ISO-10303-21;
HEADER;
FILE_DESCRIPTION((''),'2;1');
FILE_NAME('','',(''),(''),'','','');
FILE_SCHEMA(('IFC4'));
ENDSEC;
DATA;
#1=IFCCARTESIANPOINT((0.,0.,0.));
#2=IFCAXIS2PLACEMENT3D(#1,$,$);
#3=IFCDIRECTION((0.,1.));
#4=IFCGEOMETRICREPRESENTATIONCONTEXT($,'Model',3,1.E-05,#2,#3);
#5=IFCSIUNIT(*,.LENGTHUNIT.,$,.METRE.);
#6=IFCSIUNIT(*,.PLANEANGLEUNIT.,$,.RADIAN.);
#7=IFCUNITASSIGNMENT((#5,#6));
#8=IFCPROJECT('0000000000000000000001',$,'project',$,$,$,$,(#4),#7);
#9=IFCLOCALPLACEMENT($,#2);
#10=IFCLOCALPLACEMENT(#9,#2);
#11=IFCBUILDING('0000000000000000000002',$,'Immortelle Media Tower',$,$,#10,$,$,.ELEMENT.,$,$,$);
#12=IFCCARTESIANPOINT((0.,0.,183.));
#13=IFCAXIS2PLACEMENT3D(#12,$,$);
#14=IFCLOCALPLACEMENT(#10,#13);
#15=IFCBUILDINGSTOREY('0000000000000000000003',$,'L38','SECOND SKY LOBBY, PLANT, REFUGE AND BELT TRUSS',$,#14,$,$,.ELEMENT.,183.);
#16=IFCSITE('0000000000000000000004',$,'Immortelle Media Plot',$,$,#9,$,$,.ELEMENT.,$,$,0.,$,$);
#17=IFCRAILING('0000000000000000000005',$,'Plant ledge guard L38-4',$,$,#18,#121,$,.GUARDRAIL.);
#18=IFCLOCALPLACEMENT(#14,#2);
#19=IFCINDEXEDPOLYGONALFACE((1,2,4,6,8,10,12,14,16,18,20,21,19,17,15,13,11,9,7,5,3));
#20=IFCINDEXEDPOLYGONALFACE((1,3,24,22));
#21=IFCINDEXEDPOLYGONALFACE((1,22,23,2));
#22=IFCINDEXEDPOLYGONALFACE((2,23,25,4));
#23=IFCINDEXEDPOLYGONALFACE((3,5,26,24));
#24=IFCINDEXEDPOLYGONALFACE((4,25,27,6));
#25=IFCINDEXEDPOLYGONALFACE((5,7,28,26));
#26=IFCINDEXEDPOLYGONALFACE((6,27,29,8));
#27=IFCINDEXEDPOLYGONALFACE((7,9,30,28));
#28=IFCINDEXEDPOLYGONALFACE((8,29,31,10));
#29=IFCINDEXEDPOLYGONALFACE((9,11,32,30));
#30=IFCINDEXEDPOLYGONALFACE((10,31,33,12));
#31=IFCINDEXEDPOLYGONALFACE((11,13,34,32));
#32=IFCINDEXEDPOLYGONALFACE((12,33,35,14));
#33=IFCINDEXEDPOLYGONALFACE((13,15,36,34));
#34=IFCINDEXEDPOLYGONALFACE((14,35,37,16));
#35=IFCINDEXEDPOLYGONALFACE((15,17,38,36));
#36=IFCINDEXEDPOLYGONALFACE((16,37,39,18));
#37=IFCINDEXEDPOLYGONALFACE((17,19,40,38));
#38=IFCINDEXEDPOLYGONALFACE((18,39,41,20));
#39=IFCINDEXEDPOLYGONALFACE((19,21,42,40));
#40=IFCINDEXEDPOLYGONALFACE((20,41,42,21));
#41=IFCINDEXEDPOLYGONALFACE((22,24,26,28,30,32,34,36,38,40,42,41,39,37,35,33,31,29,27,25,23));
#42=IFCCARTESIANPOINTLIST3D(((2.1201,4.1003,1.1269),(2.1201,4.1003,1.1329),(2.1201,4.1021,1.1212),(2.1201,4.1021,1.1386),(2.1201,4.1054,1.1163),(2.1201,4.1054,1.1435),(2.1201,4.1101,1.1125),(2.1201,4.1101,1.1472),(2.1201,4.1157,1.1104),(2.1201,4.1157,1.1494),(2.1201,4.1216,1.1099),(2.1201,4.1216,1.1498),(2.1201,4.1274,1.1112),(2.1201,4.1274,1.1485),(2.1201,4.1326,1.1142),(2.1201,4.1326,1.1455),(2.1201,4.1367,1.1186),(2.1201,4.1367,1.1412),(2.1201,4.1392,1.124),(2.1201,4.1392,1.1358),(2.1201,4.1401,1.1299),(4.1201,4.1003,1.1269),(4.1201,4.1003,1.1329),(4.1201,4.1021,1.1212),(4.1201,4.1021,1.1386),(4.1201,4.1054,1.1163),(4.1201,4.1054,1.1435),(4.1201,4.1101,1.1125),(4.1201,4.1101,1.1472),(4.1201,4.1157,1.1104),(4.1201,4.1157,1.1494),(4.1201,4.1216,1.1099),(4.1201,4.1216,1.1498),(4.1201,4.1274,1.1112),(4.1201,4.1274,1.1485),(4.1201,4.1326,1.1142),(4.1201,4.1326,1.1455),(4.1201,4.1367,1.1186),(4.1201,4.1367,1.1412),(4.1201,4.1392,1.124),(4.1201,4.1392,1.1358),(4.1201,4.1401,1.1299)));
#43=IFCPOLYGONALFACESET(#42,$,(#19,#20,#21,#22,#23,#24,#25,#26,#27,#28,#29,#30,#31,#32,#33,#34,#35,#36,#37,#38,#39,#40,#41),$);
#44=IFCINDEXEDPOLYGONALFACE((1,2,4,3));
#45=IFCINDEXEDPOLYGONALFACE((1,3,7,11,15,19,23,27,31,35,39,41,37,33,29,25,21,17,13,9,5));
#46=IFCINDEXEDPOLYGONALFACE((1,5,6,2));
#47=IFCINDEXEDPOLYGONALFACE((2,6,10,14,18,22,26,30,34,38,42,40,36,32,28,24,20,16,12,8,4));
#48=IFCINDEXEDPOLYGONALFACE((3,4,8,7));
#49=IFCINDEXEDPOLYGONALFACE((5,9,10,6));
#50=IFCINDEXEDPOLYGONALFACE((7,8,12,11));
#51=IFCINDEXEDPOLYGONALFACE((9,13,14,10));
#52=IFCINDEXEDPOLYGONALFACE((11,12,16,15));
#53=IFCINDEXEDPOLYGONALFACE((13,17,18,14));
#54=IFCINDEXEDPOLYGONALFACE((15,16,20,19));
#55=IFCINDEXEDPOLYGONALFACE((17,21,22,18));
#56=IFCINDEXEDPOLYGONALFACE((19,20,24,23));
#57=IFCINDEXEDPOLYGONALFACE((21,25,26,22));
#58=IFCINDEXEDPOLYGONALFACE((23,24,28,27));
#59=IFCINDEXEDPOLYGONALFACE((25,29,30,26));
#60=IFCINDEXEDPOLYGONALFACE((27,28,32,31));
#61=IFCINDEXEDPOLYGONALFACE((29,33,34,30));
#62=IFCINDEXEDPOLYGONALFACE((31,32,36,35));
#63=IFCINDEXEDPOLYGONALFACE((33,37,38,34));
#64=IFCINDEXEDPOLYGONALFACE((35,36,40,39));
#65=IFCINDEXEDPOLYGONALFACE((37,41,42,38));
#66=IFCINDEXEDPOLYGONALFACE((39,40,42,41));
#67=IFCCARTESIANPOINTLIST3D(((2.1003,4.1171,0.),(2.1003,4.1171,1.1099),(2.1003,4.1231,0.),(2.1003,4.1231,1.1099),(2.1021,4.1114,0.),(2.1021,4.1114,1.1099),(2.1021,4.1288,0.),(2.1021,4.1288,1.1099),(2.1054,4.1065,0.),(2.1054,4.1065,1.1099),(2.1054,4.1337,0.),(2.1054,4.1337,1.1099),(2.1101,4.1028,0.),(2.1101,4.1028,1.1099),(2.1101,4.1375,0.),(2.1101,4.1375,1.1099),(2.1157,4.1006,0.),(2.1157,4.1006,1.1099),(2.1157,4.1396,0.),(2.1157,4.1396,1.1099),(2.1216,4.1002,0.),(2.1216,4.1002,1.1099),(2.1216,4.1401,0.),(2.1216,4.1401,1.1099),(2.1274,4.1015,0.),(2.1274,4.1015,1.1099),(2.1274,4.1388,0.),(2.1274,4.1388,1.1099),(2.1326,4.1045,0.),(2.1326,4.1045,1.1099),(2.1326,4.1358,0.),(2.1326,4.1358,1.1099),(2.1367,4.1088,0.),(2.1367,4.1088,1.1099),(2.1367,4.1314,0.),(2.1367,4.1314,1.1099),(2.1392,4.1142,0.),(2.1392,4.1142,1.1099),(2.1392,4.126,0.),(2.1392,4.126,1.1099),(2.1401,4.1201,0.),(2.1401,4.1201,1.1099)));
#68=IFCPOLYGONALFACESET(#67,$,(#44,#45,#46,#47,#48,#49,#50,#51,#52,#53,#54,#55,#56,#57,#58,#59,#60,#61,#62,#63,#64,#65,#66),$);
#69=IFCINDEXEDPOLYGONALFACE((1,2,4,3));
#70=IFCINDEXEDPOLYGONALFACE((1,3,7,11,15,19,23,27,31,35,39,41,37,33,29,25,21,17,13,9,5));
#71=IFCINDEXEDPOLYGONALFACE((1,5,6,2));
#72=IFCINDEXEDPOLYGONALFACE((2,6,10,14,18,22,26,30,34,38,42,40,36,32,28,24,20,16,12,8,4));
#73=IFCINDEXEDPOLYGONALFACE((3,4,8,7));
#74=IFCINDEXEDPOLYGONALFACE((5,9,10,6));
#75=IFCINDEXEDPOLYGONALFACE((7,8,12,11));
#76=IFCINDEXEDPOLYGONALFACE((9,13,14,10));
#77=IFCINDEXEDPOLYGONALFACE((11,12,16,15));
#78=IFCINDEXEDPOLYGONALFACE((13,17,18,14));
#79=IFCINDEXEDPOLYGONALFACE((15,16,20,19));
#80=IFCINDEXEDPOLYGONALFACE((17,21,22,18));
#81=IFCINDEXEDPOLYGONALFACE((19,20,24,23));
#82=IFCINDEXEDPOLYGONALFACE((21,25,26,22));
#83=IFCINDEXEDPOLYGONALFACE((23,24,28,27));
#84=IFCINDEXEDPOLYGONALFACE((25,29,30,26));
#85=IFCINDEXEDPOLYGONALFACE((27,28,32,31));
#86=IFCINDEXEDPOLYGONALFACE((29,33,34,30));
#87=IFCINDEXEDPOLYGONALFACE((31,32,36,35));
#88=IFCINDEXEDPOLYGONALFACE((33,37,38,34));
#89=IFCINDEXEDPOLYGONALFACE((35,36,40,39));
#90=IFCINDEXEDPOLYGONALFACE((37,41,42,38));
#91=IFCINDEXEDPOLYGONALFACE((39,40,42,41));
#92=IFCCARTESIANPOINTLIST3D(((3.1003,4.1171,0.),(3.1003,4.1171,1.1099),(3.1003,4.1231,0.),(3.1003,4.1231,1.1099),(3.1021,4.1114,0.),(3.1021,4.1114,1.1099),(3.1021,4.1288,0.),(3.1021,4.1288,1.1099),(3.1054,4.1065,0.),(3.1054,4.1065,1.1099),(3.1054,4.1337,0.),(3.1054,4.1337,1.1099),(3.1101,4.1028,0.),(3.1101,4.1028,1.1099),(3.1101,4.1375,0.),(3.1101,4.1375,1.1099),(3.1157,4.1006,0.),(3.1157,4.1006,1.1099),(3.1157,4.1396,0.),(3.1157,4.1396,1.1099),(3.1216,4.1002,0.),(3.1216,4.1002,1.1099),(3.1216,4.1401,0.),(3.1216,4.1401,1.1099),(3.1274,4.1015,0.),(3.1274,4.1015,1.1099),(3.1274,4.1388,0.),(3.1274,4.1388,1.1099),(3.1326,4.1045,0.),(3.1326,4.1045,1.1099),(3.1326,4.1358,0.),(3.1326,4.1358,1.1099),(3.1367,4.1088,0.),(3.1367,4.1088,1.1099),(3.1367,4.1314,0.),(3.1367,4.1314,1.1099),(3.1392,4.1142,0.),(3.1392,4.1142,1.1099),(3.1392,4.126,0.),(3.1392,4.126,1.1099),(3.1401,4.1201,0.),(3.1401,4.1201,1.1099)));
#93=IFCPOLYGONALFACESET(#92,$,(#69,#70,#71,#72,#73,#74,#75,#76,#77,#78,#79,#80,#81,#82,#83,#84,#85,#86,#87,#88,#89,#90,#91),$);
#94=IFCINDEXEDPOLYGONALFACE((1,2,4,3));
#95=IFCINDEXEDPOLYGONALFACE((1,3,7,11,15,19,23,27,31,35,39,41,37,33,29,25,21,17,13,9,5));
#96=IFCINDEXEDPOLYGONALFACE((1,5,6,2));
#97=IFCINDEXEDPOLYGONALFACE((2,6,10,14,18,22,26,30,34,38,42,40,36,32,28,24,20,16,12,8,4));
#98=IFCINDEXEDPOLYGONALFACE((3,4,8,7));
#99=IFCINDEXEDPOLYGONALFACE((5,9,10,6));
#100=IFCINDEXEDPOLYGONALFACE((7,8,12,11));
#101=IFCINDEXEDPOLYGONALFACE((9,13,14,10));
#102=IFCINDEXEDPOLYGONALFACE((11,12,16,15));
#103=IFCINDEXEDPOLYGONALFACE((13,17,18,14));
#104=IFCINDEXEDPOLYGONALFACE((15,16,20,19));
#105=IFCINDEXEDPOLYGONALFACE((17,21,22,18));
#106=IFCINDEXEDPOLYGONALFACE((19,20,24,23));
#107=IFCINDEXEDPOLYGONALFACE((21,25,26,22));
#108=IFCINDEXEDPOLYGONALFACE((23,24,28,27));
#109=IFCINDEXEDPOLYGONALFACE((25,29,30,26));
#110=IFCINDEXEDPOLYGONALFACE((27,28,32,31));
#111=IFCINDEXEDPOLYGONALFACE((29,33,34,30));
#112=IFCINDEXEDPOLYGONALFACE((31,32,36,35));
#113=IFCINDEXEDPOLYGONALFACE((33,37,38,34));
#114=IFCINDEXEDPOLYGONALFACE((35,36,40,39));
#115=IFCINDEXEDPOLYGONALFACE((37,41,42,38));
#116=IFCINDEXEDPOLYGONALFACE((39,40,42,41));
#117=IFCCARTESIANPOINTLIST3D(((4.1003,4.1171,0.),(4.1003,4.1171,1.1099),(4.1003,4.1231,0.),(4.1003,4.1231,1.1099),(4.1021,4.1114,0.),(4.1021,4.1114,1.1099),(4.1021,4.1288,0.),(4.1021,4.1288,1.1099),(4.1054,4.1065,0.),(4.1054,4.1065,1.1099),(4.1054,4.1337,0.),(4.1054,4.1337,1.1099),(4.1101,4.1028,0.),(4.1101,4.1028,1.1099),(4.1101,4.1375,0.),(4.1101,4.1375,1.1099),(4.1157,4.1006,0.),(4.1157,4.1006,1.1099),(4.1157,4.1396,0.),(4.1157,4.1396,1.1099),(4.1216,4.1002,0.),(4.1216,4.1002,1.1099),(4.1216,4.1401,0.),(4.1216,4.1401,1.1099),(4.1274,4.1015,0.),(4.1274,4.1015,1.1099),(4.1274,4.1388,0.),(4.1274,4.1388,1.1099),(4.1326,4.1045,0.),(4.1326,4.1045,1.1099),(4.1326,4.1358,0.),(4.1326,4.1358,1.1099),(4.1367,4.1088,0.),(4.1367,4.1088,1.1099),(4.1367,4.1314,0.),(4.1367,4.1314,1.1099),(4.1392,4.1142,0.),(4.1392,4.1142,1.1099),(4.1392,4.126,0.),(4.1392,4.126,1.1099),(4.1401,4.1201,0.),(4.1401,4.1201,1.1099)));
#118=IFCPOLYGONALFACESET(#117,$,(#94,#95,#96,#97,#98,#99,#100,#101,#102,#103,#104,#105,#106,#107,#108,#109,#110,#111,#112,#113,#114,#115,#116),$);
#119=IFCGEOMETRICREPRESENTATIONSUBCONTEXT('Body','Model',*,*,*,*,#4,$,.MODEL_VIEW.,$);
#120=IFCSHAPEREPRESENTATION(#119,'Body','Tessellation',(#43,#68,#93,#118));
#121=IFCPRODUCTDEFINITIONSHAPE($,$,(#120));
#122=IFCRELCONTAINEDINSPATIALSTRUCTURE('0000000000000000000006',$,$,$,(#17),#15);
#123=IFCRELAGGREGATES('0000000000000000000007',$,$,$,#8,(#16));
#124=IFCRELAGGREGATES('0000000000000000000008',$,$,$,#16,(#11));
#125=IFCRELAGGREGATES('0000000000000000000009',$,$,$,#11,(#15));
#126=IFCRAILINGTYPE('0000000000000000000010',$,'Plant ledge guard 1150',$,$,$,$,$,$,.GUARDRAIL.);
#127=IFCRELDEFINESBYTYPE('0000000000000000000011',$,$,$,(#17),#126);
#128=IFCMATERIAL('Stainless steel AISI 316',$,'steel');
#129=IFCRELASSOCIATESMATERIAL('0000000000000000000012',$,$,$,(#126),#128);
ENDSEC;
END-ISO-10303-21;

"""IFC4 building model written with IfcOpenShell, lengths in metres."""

from ifc_helpers import new_model, si_unit, direction, frame, origin, origin_2d, place, context, subcontext, project, spatial, circle, extrude, material, type_object, element, save


model = new_model("IFC4")

# Units and contexts
model_context = context("Model", 3, precision=1e-05, world=origin(), true_north=direction((0.0, 1.0)))
body_context = subcontext(model_context, "Body", "Model", "MODEL_VIEW")
ifc_project = project(units=[si_unit("LENGTHUNIT", "METRE"), si_unit("PLANEANGLEUNIT", "RADIAN")], contexts=[model_context])

# Site, building, storey
site_placement = place(None, origin())
site = spatial("IfcSite", under=ifc_project, at=site_placement, Name="Immortelle Media Plot", CompositionType="ELEMENT", RefElevation=0.0)
building_placement = place(site_placement, origin())
building = spatial("IfcBuilding", under=site, at=building_placement, Name="Immortelle Media Tower", CompositionType="ELEMENT")
storey_placement = place(building_placement, frame((0.0, 0.0, 183.0)))
storey = spatial("IfcBuildingStorey", under=building, at=storey_placement, Name="L38", Description="SECOND SKY LOBBY, PLANT, REFUGE AND BELT TRUSS", CompositionType="ELEMENT", Elevation=183.0)

# Railing
ifc_material_1 = material(Name="Stainless steel AISI 316", Category="steel")
railing_type = type_object("IfcRailingType", Name="Plant ledge guard 1150", PredefinedType="GUARDRAIL", material=ifc_material_1)
railing_1_placement = place(storey_placement, frame((2.1201, 4.1201, 0.0)))
element("IfcRailing", 1, at=railing_1_placement, inside=storey, type_object=railing_type, Name="Plant ledge guard L38-4", PredefinedType="GUARDRAIL", context=body_context, shape_type="SweptSolid", body=[
    extrude(circle(Radius=0.02, at=origin_2d()), frame((0.0, 0.0, 1.1299), z_axis=(1.0, 0.0, 0.0), x_axis=(0.0, 1.0, 0.0)), (0.0, 0.0, 1.0), 2.0),
    extrude(circle(Radius=0.02, at=origin_2d()), origin(), (0.0, 0.0, 1.0), 1.1099),
    extrude(circle(Radius=0.02, at=origin_2d()), frame((1.0, 0.0, 0.0)), (0.0, 0.0, 1.0), 1.1099),
    extrude(circle(Radius=0.02, at=origin_2d()), frame((2.0, 0.0, 0.0)), (0.0, 0.0, 1.0), 1.1099),
])

save(model, "model.ifc")
